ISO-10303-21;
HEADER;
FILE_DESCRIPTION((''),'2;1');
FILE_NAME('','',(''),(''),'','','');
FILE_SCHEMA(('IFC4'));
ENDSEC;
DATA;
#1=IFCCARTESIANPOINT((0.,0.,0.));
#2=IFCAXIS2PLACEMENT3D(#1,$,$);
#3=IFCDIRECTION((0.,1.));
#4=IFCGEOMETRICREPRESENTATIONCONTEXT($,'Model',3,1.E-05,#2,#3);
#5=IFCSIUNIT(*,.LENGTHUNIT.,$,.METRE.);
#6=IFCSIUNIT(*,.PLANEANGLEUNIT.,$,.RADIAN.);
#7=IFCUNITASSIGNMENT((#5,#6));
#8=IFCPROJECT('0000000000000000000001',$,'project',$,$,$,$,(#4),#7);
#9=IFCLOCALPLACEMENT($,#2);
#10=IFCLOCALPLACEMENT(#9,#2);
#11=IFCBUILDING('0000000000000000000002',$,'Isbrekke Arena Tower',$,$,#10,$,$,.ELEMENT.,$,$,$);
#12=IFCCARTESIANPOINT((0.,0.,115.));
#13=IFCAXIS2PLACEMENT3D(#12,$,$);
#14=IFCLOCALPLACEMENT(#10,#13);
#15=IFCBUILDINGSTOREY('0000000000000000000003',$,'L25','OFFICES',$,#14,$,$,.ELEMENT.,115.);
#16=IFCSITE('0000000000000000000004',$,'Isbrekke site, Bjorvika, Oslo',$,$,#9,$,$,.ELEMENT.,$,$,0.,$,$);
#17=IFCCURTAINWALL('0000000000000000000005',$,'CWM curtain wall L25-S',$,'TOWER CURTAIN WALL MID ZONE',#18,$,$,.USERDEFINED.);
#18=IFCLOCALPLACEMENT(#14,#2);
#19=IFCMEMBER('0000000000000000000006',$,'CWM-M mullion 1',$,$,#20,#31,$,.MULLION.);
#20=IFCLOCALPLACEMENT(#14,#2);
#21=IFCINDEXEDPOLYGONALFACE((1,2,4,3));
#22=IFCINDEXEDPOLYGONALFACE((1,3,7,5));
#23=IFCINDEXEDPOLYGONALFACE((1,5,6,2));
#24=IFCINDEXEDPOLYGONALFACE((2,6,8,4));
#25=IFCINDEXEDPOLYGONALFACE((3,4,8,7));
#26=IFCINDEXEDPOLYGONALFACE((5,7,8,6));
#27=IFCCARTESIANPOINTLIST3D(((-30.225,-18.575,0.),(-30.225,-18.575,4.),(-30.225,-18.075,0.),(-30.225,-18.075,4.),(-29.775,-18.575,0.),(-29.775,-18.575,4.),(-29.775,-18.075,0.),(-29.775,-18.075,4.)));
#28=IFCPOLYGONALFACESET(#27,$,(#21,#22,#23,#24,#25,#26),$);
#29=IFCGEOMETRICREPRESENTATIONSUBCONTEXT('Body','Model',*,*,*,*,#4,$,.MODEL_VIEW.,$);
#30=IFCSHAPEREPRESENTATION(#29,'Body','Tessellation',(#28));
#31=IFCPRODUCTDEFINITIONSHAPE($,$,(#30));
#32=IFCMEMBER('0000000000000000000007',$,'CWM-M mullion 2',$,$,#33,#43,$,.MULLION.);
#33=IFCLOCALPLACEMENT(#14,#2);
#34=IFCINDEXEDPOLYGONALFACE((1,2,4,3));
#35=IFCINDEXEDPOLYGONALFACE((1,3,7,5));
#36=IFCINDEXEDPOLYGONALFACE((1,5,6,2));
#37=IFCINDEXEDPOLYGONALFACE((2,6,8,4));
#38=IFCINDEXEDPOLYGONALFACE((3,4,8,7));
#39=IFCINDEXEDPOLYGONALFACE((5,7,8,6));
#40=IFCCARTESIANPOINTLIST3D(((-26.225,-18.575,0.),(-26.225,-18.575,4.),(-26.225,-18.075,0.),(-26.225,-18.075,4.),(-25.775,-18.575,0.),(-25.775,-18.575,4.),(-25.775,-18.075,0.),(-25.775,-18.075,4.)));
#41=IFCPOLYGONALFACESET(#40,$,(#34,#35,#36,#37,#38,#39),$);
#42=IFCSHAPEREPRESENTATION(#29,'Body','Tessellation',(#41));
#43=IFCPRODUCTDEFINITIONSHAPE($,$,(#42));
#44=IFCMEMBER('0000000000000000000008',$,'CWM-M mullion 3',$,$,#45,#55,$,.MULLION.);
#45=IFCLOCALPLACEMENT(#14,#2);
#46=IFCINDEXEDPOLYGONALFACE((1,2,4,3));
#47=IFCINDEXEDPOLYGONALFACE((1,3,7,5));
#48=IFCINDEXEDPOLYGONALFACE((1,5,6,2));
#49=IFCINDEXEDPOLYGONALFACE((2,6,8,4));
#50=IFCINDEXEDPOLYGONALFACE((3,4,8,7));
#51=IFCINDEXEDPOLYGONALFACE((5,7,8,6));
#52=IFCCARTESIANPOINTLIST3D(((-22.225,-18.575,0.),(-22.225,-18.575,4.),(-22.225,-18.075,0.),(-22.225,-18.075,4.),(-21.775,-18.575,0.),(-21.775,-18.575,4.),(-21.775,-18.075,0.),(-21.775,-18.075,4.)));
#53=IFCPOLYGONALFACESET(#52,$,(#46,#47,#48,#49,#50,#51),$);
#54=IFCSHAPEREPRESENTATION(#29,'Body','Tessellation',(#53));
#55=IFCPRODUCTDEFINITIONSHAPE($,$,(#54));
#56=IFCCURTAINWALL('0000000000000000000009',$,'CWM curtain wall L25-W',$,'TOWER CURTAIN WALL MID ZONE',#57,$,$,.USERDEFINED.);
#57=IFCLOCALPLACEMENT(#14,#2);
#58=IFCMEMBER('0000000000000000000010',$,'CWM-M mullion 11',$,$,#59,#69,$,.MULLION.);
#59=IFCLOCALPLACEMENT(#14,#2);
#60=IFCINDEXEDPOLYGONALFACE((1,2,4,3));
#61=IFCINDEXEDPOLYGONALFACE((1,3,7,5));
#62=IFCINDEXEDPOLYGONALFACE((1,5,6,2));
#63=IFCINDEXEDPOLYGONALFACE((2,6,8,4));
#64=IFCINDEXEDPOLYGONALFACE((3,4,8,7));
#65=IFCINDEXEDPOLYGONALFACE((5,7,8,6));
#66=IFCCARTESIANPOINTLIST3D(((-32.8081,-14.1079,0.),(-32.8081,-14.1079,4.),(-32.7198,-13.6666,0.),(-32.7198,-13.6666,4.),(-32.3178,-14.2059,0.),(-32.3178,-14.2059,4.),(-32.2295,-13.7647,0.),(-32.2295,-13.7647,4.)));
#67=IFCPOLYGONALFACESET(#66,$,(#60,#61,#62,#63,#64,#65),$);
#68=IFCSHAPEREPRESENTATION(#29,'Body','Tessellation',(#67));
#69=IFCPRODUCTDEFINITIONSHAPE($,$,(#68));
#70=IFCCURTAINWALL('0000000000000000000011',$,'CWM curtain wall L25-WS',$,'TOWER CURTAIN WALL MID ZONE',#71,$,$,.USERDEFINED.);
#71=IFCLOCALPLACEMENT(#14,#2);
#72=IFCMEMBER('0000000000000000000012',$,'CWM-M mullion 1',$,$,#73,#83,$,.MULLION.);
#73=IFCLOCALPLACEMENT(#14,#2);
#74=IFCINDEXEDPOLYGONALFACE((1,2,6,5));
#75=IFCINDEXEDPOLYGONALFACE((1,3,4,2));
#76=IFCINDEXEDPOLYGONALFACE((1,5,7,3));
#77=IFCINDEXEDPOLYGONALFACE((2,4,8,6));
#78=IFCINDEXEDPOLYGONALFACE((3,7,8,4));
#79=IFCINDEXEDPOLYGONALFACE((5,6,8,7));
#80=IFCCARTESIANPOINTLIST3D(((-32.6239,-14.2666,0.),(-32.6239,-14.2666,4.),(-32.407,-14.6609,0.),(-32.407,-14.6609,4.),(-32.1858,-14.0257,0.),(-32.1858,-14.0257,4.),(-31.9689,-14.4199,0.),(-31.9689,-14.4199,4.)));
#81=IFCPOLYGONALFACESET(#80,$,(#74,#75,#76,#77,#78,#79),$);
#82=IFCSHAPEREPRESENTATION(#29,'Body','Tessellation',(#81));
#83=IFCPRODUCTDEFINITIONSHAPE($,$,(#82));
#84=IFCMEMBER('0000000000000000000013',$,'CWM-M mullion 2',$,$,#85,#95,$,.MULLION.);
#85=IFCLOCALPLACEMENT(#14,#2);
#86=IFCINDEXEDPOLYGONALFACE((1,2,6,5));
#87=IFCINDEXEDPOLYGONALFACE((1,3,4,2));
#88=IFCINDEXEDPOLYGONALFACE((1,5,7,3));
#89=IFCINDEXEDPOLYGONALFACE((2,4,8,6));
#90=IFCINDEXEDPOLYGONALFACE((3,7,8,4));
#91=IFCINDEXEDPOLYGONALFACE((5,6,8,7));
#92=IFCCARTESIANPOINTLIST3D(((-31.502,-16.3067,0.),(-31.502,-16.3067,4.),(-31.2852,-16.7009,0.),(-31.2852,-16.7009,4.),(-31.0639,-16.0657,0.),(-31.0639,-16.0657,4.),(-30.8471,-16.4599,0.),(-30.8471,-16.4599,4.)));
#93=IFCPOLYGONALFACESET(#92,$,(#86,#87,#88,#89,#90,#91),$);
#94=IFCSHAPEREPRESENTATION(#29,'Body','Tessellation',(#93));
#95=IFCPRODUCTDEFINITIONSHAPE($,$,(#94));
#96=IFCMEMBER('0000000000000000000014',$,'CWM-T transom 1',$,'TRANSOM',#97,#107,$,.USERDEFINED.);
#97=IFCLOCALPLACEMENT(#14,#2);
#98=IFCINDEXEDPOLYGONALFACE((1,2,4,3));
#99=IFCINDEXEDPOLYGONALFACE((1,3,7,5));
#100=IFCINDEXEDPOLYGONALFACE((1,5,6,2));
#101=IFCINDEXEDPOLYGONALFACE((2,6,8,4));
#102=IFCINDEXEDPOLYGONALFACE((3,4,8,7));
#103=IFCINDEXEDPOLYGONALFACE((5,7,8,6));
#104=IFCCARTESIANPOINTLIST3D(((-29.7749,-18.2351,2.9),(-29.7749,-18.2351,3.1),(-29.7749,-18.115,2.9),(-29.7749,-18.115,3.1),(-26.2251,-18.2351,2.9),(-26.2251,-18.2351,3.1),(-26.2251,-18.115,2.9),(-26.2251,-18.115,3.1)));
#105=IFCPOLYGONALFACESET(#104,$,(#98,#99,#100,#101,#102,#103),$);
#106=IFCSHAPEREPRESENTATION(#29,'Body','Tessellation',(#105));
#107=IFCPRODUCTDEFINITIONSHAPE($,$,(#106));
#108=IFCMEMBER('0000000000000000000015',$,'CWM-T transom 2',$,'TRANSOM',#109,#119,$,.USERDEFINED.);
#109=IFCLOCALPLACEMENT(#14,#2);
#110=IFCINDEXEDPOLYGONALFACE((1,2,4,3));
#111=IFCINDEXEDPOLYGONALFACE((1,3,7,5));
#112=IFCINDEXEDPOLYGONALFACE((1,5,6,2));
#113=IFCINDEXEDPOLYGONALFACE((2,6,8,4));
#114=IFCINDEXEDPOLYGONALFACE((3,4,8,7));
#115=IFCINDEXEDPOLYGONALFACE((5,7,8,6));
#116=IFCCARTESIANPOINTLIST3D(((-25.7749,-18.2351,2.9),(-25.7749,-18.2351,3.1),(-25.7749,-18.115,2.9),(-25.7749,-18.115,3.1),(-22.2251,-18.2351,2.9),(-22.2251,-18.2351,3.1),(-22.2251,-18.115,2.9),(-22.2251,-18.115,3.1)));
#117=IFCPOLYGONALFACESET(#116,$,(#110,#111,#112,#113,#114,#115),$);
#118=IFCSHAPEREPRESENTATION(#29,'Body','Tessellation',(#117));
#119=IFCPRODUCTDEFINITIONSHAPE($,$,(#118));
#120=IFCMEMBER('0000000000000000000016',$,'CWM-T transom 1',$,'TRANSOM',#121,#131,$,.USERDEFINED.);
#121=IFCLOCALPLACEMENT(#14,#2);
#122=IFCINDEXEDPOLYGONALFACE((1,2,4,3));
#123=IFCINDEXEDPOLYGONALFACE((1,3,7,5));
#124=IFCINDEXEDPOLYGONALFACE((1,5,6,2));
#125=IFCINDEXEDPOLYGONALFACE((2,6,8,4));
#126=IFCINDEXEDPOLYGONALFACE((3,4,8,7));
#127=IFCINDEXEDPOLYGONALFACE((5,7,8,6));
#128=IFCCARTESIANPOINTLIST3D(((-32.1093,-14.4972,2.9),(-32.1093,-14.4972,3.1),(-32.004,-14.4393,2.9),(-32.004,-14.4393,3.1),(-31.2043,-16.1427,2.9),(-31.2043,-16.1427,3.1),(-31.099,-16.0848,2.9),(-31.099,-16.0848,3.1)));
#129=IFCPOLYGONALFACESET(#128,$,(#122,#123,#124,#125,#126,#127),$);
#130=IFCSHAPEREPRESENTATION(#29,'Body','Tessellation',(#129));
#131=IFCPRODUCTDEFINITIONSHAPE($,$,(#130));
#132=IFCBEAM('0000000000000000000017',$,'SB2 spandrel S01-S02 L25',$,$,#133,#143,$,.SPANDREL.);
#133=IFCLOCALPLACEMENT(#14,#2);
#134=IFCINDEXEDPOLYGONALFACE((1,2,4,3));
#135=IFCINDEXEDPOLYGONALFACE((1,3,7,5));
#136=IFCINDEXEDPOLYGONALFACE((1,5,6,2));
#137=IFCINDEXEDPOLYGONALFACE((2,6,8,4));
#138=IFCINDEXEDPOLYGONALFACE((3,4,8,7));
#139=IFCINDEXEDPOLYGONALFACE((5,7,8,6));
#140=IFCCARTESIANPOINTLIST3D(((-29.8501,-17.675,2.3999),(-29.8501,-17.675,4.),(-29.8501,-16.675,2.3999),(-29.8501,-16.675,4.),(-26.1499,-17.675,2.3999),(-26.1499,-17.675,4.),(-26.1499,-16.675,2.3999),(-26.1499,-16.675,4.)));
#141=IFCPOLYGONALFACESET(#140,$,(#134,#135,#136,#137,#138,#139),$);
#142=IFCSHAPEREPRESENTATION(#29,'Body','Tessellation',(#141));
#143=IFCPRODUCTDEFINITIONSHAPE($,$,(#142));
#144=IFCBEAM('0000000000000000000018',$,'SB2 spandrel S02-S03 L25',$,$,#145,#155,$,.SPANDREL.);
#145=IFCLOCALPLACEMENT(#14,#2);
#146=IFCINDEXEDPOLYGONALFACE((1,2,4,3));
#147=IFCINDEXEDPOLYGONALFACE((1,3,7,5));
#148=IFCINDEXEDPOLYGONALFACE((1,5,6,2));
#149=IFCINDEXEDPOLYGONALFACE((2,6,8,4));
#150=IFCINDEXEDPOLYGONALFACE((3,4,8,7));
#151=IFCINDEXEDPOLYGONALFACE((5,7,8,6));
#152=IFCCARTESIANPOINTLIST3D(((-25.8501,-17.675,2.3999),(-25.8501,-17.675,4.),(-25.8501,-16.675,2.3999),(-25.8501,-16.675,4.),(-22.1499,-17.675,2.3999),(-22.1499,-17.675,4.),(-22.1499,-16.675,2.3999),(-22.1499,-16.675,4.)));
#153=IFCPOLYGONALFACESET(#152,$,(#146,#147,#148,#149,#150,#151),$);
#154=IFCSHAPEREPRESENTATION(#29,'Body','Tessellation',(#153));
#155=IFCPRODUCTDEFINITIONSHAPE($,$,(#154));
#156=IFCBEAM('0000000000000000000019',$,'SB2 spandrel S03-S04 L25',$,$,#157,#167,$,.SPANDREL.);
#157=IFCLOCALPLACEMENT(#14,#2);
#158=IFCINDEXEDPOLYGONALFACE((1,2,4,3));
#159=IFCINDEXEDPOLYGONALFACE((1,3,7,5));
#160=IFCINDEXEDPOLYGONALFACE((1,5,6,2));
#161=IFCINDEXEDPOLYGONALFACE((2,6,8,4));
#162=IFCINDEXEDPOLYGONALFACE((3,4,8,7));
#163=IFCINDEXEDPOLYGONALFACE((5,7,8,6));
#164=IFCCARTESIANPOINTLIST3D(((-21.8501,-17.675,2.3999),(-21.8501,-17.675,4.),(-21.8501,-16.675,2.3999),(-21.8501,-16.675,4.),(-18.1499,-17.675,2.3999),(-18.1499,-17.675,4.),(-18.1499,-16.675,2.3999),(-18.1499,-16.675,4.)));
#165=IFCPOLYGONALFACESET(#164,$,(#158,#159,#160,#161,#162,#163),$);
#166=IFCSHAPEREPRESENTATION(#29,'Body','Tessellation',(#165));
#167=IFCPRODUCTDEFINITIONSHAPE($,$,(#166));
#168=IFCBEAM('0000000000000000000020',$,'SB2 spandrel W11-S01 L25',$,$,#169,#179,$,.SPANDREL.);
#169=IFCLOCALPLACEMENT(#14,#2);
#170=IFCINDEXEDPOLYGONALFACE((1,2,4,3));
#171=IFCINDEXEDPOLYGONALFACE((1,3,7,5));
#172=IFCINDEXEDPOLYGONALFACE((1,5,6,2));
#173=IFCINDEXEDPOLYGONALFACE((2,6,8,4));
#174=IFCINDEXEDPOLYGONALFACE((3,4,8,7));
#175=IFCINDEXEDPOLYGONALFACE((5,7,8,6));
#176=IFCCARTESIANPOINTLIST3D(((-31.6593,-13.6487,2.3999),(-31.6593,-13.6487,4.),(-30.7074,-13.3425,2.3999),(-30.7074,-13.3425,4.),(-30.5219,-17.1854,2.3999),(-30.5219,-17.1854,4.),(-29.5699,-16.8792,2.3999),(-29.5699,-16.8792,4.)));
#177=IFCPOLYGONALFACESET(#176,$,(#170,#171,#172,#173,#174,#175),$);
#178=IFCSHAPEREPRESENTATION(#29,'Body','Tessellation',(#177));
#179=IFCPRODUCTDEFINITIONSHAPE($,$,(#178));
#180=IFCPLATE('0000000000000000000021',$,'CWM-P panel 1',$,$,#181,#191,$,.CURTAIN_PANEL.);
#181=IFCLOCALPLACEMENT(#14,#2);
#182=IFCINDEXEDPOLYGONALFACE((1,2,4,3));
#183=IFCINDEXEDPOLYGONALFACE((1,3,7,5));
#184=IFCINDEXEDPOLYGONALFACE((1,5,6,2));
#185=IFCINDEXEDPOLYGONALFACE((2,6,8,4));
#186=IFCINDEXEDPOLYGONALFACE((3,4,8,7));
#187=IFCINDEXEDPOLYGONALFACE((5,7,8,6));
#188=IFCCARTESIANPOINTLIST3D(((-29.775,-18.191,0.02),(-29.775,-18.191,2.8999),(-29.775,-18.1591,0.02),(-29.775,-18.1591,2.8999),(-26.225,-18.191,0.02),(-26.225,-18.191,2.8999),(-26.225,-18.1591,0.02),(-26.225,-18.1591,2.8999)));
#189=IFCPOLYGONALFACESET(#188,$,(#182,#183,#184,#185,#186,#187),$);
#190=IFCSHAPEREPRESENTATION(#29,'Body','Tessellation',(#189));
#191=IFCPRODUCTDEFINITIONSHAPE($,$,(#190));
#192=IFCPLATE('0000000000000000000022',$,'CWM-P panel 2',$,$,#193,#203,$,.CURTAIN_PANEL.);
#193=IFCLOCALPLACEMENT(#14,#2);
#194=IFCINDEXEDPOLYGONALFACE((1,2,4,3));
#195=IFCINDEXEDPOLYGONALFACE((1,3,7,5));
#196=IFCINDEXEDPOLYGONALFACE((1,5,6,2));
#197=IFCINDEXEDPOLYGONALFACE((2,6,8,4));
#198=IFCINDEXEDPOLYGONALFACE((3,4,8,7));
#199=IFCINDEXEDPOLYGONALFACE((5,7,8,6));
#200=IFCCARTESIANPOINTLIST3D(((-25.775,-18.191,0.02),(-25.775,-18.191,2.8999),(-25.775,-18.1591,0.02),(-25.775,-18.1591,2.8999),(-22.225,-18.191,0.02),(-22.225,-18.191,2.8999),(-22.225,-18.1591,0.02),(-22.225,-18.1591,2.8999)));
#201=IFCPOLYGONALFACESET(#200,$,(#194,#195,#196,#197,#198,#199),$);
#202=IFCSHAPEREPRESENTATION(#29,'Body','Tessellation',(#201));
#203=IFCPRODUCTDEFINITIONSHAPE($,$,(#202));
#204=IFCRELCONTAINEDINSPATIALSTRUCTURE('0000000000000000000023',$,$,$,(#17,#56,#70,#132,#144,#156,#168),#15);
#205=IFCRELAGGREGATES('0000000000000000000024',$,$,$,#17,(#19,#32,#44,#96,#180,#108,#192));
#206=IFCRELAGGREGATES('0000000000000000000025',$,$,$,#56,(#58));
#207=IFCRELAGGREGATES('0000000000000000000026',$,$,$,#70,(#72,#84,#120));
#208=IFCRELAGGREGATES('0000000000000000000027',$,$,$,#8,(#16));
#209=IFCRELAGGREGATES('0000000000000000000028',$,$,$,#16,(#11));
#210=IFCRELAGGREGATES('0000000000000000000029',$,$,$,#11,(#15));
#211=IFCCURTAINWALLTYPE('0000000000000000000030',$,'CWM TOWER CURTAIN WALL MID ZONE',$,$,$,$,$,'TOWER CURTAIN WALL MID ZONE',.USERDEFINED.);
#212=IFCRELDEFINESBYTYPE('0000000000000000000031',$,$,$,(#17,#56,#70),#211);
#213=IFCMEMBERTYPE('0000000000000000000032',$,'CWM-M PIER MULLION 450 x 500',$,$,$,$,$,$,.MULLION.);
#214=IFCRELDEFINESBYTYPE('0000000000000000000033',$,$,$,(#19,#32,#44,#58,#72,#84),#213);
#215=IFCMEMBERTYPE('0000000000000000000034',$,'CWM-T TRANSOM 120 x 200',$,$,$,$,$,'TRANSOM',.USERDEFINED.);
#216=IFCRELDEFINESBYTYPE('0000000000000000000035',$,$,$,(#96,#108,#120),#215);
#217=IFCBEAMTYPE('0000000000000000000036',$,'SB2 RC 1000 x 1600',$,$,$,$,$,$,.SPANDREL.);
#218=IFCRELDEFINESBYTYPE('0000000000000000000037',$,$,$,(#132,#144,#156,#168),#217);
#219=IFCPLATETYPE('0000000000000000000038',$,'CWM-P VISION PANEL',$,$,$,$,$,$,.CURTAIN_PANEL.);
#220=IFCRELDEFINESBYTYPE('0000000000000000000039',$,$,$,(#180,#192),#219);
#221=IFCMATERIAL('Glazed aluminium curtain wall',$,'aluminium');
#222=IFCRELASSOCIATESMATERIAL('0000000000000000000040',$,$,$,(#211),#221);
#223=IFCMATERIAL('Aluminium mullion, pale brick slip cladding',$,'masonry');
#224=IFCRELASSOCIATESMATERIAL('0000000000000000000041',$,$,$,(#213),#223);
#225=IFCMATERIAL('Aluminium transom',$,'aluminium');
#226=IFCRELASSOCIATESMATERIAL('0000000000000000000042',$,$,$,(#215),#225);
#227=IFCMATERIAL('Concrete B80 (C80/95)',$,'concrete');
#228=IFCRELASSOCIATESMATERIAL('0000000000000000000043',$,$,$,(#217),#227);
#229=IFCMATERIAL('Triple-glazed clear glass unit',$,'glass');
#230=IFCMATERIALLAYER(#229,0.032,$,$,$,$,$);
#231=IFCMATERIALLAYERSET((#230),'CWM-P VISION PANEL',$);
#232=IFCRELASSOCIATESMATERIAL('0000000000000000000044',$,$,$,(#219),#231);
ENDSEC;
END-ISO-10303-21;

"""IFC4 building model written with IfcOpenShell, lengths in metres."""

from ifc_helpers import new_model, si_unit, direction, frame, origin, origin_2d, place, context, subcontext, project, spatial, rectangle, extrude, material, layer, layer_set, material_profile, profile_set, type_object, element, aggregate, save


model = new_model("IFC4")

# Units and contexts
model_context = context("Model", 3, precision=1e-05, world=origin(), true_north=direction((0.0, 1.0)))
body_context = subcontext(model_context, "Body", "Model", "MODEL_VIEW")
ifc_project = project(units=[si_unit("LENGTHUNIT", "METRE"), si_unit("PLANEANGLEUNIT", "RADIAN")], contexts=[model_context])

# Site, building, storey
site_placement = place(None, origin())
site = spatial("IfcSite", under=ifc_project, at=site_placement, Name="Isbrekke site, Bjorvika, Oslo", CompositionType="ELEMENT", RefElevation=0.0)
building_placement = place(site_placement, origin())
building = spatial("IfcBuilding", under=site, at=building_placement, Name="Isbrekke Arena Tower", CompositionType="ELEMENT")
storey_placement = place(building_placement, frame((0.0, 0.0, 115.0)))
storey = spatial("IfcBuildingStorey", under=building, at=storey_placement, Name="L25", Description="OFFICES", CompositionType="ELEMENT", Elevation=115.0)

# Curtain wall, members
ifc_material_1 = material(Name="Glazed aluminium curtain wall", Category="aluminium")
curtain_wall_type = type_object("IfcCurtainWallType", Name="CWM TOWER CURTAIN WALL MID ZONE", ElementType="TOWER CURTAIN WALL MID ZONE", PredefinedType="USERDEFINED", material=ifc_material_1)
curtain_wall_1_placement = place(storey_placement, origin())
curtain_wall_1 = element("IfcCurtainWall", 1, at=curtain_wall_1_placement, inside=storey, type_object=curtain_wall_type, Name="CWM curtain wall L25-S", ObjectType="TOWER CURTAIN WALL MID ZONE", PredefinedType="USERDEFINED")
ifc_material_2 = material(Name="Aluminium mullion, pale brick slip cladding", Category="masonry")
ifc_material_profile_1 = material_profile(ifc_material_2, rectangle(XDim=0.45, YDim=0.5, at=origin_2d()), Name="PIER 450X500")
ifc_profile_set_1 = profile_set([ifc_material_profile_1], Name="Aluminium mullion, pale brick slip cladding")
member_type_1 = type_object("IfcMemberType", Name="CWM-M PIER MULLION 450 x 500", PredefinedType="MULLION", material=ifc_profile_set_1)
member_1_placement = place(storey_placement, frame((-30.0, -18.325, 0.0), z_axis=(0.0, 0.0, 1.0), x_axis=(1.0, 0.0, 0.0)))
member_1 = element("IfcMember", 2, at=member_1_placement, type_object=member_type_1, Name="CWM-M mullion 1", PredefinedType="MULLION", context=body_context, shape_type="SweptSolid", body=[
    extrude(rectangle(XDim=0.45, YDim=0.5, at=origin_2d()), origin(), (0.0, 0.0, 1.0), 4.0),
])
member_2_placement = place(storey_placement, frame((-26.0, -18.325, 0.0), z_axis=(0.0, 0.0, 1.0), x_axis=(1.0, 0.0, 0.0)))
member_2 = element("IfcMember", 3, at=member_2_placement, type_object=member_type_1, Name="CWM-M mullion 2", PredefinedType="MULLION", context=body_context, shape_type="SweptSolid", body=[
    extrude(rectangle(XDim=0.45, YDim=0.5, at=origin_2d()), origin(), (0.0, 0.0, 1.0), 4.0),
])
member_3_placement = place(storey_placement, frame((-22.0, -18.325, 0.0), z_axis=(0.0, 0.0, 1.0), x_axis=(1.0, 0.0, 0.0)))
member_3 = element("IfcMember", 4, at=member_3_placement, type_object=member_type_1, Name="CWM-M mullion 3", PredefinedType="MULLION", context=body_context, shape_type="SweptSolid", body=[
    extrude(rectangle(XDim=0.45, YDim=0.5, at=origin_2d()), origin(), (0.0, 0.0, 1.0), 4.0),
])

# Curtain wall, member
curtain_wall_2_placement = place(storey_placement, origin())
curtain_wall_2 = element("IfcCurtainWall", 5, at=curtain_wall_2_placement, inside=storey, type_object=curtain_wall_type, Name="CWM curtain wall L25-W", ObjectType="TOWER CURTAIN WALL MID ZONE", PredefinedType="USERDEFINED")
member_4_placement = place(storey_placement, frame((-32.5188, -13.9363, 0.0), z_axis=(0.0, 0.0, 1.0), x_axis=(-0.196116, -0.980581, 0.0)))
member_4 = element("IfcMember", 6, at=member_4_placement, type_object=member_type_1, Name="CWM-M mullion 11", PredefinedType="MULLION", context=body_context, shape_type="SweptSolid", body=[
    extrude(rectangle(XDim=0.45, YDim=0.5, at=origin_2d()), origin(), (0.0, 0.0, 1.0), 4.0),
])

# Curtain wall, members
curtain_wall_3_placement = place(storey_placement, origin())
curtain_wall_3 = element("IfcCurtainWall", 7, at=curtain_wall_3_placement, inside=storey, type_object=curtain_wall_type, Name="CWM curtain wall L25-WS", ObjectType="TOWER CURTAIN WALL MID ZONE", PredefinedType="USERDEFINED")
member_5_placement = place(storey_placement, frame((-32.2964, -14.3433, 0.0), z_axis=(0.0, 0.0, 1.0), x_axis=(0.481919, -0.876216, 0.0)))
member_5 = element("IfcMember", 8, at=member_5_placement, type_object=member_type_1, Name="CWM-M mullion 1", PredefinedType="MULLION", context=body_context, shape_type="SweptSolid", body=[
    extrude(rectangle(XDim=0.45, YDim=0.5, at=origin_2d()), origin(), (0.0, 0.0, 1.0), 4.0),
])
member_6_placement = place(storey_placement, frame((-31.1746, -16.3833, 0.0), z_axis=(0.0, 0.0, 1.0), x_axis=(0.481919, -0.876216, 0.0)))
member_6 = element("IfcMember", 9, at=member_6_placement, type_object=member_type_1, Name="CWM-M mullion 2", PredefinedType="MULLION", context=body_context, shape_type="SweptSolid", body=[
    extrude(rectangle(XDim=0.45, YDim=0.5, at=origin_2d()), origin(), (0.0, 0.0, 1.0), 4.0),
])

# Members
ifc_material_3 = material(Name="Aluminium transom", Category="aluminium")
ifc_material_profile_2 = material_profile(ifc_material_3, rectangle(XDim=0.1201, YDim=0.2, at=origin_2d()), Name="TRANSOM 120X200")
ifc_profile_set_2 = profile_set([ifc_material_profile_2], Name="Aluminium transom")
member_type_2 = type_object("IfcMemberType", Name="CWM-T TRANSOM 120 x 200", ElementType="TRANSOM", PredefinedType="USERDEFINED", material=ifc_profile_set_2)
member_7_placement = place(storey_placement, frame((-29.7749, -18.175, 3.0), z_axis=(1.0, 0.0, 0.0), x_axis=(0.0, 1.0, 0.0)))
member_7 = element("IfcMember", 10, at=member_7_placement, type_object=member_type_2, Name="CWM-T transom 1", ObjectType="TRANSOM", PredefinedType="USERDEFINED", context=body_context, shape_type="SweptSolid", body=[
    extrude(rectangle(XDim=0.1201, YDim=0.2, at=origin_2d()), origin(), (0.0, 0.0, 1.0), 3.5498),
])
member_8_placement = place(storey_placement, frame((-25.7749, -18.175, 3.0), z_axis=(1.0, 0.0, 0.0), x_axis=(0.0, 1.0, 0.0)))
member_8 = element("IfcMember", 11, at=member_8_placement, type_object=member_type_2, Name="CWM-T transom 2", ObjectType="TRANSOM", PredefinedType="USERDEFINED", context=body_context, shape_type="SweptSolid", body=[
    extrude(rectangle(XDim=0.1201, YDim=0.2, at=origin_2d()), origin(), (0.0, 0.0, 1.0), 3.5498),
])
member_9_placement = place(storey_placement, frame((-32.0566, -14.4683, 3.0), z_axis=(0.481919, -0.876216, 0.0), x_axis=(0.876216, 0.481919, 0.0)))
member_9 = element("IfcMember", 12, at=member_9_placement, type_object=member_type_2, Name="CWM-T transom 1", ObjectType="TRANSOM", PredefinedType="USERDEFINED", context=body_context, shape_type="SweptSolid", body=[
    extrude(rectangle(XDim=0.1201, YDim=0.2, at=origin_2d()), origin(), (0.0, 0.0, 1.0), 1.8779),
])

# Beams
ifc_material_4 = material(Name="Concrete B80 (C80/95)", Category="concrete")
ifc_material_profile_3 = material_profile(ifc_material_4, rectangle(XDim=1.0, YDim=1.6001, at=origin_2d()), Name="RC 1000x1600")
ifc_profile_set_3 = profile_set([ifc_material_profile_3], Name="Concrete B80 (C80/95)")
beam_type_1 = type_object("IfcBeamType", Name="SB2 RC 1000 x 1600", PredefinedType="SPANDREL", material=ifc_profile_set_3)
for number, where, z_axis, x_axis, name in (
    (13, (-29.8501, -17.175, 3.2), (1.0, 0.0, 0.0), (0.0, 1.0, 0.0), "SB2 spandrel S01-S02 L25"),
    (14, (-25.8501, -17.175, 3.2), (1.0, 0.0, 0.0), (0.0, 1.0, 0.0), "SB2 spandrel S02-S03 L25"),
    (15, (-21.8501, -17.175, 3.2), (1.0, 0.0, 0.0), (0.0, 1.0, 0.0), "SB2 spandrel S03-S04 L25"),
):
    element("IfcBeam", number, at=place(storey_placement, frame(where, z_axis=z_axis, x_axis=x_axis)), inside=storey, type_object=beam_type_1, Name=name, PredefinedType="SPANDREL", context=body_context, shape_type="SweptSolid", body=[
        extrude(rectangle(XDim=1.0, YDim=1.6001, at=origin_2d()), origin(), (0.0, 0.0, 1.0), 3.7002),
    ])
beam_1_placement = place(storey_placement, frame((-31.1833, -13.4956, 3.2), z_axis=(0.306175, -0.951975, 0.0), x_axis=(0.951975, 0.306175, 0.0)))
element("IfcBeam", 16, at=beam_1_placement, inside=storey, type_object=beam_type_1, Name="SB2 spandrel W11-S01 L25", PredefinedType="SPANDREL", context=body_context, shape_type="SweptSolid", body=[
    extrude(rectangle(XDim=1.0, YDim=1.6001, at=origin_2d()), origin(), (0.0, 0.0, 1.0), 3.7151),
])

# Plates
ifc_material_5 = material(Name="Triple-glazed clear glass unit", Category="glass")
ifc_layer_1 = layer(ifc_material_5, 0.032)
ifc_layer_set_1 = layer_set([ifc_layer_1], Name="CWM-P VISION PANEL")
plate_type = type_object("IfcPlateType", Name="CWM-P VISION PANEL", PredefinedType="CURTAIN_PANEL", material=ifc_layer_set_1)
plate_1_placement = place(storey_placement, frame((-28.0, -18.175, 0.02), z_axis=(0.0, 0.0, 1.0), x_axis=(1.0, 0.0, 0.0)))
plate_1 = element("IfcPlate", 17, at=plate_1_placement, type_object=plate_type, Name="CWM-P panel 1", PredefinedType="CURTAIN_PANEL", context=body_context, shape_type="SweptSolid", body=[
    extrude(rectangle(XDim=3.55, YDim=0.032, at=origin_2d()), origin(), (0.0, 0.0, 1.0), 2.8799),
])
plate_2_placement = place(storey_placement, frame((-24.0, -18.175, 0.02), z_axis=(0.0, 0.0, 1.0), x_axis=(1.0, 0.0, 0.0)))
plate_2 = element("IfcPlate", 18, at=plate_2_placement, type_object=plate_type, Name="CWM-P panel 2", PredefinedType="CURTAIN_PANEL", context=body_context, shape_type="SweptSolid", body=[
    extrude(rectangle(XDim=3.55, YDim=0.032, at=origin_2d()), origin(), (0.0, 0.0, 1.0), 2.8799),
])
aggregate(curtain_wall_1, [member_1, member_2, member_3, member_7, plate_1, member_8, plate_2])
aggregate(curtain_wall_2, [member_4])
aggregate(curtain_wall_3, [member_5, member_6, member_9])

save(model, "model.ifc")
